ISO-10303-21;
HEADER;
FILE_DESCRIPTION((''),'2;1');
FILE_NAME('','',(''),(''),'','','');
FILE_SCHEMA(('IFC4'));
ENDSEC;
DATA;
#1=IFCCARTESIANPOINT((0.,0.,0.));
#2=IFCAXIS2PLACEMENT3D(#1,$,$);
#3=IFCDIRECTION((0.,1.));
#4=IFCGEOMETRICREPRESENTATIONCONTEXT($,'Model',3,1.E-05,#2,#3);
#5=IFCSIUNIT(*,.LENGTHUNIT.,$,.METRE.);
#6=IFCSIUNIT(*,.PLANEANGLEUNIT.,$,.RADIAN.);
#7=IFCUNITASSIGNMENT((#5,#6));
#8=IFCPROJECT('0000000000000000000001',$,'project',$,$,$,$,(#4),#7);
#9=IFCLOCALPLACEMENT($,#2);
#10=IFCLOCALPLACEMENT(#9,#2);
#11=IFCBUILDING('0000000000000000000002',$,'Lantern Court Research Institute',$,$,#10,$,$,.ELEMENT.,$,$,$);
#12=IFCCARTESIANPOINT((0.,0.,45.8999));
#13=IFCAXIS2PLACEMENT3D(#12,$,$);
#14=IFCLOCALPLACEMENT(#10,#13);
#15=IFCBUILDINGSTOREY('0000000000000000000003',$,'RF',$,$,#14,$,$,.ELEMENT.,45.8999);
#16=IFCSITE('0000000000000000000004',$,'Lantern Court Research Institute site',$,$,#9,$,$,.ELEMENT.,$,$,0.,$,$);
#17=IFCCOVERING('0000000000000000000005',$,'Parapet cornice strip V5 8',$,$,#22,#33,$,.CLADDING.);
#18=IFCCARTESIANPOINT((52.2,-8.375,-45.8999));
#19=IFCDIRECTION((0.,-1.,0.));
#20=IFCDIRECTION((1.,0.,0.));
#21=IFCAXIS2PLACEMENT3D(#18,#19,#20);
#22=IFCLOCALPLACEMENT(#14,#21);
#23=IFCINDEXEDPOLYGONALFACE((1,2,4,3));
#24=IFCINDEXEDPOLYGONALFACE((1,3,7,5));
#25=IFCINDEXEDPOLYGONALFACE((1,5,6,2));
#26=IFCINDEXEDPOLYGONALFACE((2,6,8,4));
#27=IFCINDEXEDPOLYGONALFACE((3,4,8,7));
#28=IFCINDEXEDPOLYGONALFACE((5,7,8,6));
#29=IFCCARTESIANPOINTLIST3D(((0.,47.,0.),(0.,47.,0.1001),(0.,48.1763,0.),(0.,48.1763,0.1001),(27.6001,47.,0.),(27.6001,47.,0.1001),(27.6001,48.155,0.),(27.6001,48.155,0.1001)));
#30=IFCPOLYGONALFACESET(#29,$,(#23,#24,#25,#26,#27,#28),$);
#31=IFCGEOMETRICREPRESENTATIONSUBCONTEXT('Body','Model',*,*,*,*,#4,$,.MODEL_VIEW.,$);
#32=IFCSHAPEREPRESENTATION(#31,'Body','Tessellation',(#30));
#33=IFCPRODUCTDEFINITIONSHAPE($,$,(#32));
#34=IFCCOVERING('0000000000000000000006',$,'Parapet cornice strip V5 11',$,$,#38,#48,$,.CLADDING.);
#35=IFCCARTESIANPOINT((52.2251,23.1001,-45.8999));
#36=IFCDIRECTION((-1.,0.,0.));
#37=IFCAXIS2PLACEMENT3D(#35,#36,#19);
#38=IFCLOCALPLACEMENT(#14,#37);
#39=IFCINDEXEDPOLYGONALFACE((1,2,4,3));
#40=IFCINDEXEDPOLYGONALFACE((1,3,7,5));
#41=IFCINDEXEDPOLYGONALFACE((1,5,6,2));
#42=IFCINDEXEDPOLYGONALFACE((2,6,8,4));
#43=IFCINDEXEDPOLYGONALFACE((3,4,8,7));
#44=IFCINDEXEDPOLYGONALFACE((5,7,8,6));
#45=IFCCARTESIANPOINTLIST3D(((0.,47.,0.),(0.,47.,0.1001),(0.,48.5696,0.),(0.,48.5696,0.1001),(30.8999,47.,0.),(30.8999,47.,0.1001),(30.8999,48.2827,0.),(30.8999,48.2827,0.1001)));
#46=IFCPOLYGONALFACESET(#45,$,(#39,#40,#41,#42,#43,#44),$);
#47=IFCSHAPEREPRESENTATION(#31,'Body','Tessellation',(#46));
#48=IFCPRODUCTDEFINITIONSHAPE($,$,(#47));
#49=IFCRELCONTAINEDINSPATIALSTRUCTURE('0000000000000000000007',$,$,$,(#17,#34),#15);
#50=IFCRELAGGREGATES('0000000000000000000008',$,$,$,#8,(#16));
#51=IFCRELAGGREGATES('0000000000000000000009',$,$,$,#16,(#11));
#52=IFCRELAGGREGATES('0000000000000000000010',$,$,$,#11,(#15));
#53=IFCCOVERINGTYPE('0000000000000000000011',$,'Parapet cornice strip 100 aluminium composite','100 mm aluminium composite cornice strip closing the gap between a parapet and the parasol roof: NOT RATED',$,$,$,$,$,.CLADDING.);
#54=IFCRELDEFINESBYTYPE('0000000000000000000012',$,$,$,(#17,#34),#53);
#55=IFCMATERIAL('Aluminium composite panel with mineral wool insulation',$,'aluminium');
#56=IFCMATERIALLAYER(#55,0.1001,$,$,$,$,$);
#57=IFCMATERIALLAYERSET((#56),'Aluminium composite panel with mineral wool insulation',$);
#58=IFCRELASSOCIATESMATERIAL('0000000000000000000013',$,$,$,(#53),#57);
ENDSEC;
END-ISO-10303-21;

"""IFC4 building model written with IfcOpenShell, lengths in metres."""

from ifc_helpers import new_model, si_unit, direction, frame, origin, place, context, subcontext, project, spatial, polyline, outline, extrude, material, layer, layer_set, type_object, element, save


model = new_model("IFC4")

# Units and contexts
model_context = context("Model", 3, precision=1e-05, world=origin(), true_north=direction((0.0, 1.0)))
body_context = subcontext(model_context, "Body", "Model", "MODEL_VIEW")
ifc_project = project(units=[si_unit("LENGTHUNIT", "METRE"), si_unit("PLANEANGLEUNIT", "RADIAN")], contexts=[model_context])

# Site, building, storey
site_placement = place(None, origin())
site = spatial("IfcSite", under=ifc_project, at=site_placement, Name="Lantern Court Research Institute site", CompositionType="ELEMENT", RefElevation=0.0)
building_placement = place(site_placement, origin())
building = spatial("IfcBuilding", under=site, at=building_placement, Name="Lantern Court Research Institute", CompositionType="ELEMENT")
storey_placement = place(building_placement, frame((0.0, 0.0, 45.8999)))
storey = spatial("IfcBuildingStorey", under=building, at=storey_placement, Name="RF", CompositionType="ELEMENT", Elevation=45.8999)

# Coverings
ifc_material_1 = material(Name="Aluminium composite panel with mineral wool insulation", Category="aluminium")
ifc_layer_1 = layer(ifc_material_1, 0.1001)
ifc_layer_set_1 = layer_set([ifc_layer_1], Name="Aluminium composite panel with mineral wool insulation")
covering_type_1 = type_object("IfcCoveringType", Name="Parapet cornice strip 100 aluminium composite", Description="100 mm aluminium composite cornice strip closing the gap between a parapet and the parasol roof: NOT RATED", PredefinedType="CLADDING", material=ifc_layer_set_1)
covering_1_placement = place(storey_placement, frame((52.2, -8.375, -45.8999), z_axis=(0.0, -1.0, 0.0), x_axis=(1.0, 0.0, 0.0)))
element("IfcCovering", 1, at=covering_1_placement, inside=storey, type_object=covering_type_1, Name="Parapet cornice strip V5 8", PredefinedType="CLADDING", context=body_context, shape_type="SweptSolid", body=[
    extrude(outline(polyline([(0.0, 47.0), (27.6001, 47.0), (27.6001, 48.155), (0.0, 48.1763), (0.0, 47.0)])), origin(), (0.0, 0.0, 1.0), 0.1001),
])
covering_2_placement = place(storey_placement, frame((52.2251, 23.1001, -45.8999), z_axis=(-1.0, 0.0, 0.0), x_axis=(0.0, -1.0, 0.0)))
element("IfcCovering", 2, at=covering_2_placement, inside=storey, type_object=covering_type_1, Name="Parapet cornice strip V5 11", PredefinedType="CLADDING", context=body_context, shape_type="SweptSolid", body=[
    extrude(outline(polyline([(0.0, 47.0), (30.8999, 47.0), (30.8999, 48.2827), (0.0, 48.5696), (0.0, 47.0)])), origin(), (0.0, 0.0, 1.0), 0.1001),
])

save(model, "model.ifc")
